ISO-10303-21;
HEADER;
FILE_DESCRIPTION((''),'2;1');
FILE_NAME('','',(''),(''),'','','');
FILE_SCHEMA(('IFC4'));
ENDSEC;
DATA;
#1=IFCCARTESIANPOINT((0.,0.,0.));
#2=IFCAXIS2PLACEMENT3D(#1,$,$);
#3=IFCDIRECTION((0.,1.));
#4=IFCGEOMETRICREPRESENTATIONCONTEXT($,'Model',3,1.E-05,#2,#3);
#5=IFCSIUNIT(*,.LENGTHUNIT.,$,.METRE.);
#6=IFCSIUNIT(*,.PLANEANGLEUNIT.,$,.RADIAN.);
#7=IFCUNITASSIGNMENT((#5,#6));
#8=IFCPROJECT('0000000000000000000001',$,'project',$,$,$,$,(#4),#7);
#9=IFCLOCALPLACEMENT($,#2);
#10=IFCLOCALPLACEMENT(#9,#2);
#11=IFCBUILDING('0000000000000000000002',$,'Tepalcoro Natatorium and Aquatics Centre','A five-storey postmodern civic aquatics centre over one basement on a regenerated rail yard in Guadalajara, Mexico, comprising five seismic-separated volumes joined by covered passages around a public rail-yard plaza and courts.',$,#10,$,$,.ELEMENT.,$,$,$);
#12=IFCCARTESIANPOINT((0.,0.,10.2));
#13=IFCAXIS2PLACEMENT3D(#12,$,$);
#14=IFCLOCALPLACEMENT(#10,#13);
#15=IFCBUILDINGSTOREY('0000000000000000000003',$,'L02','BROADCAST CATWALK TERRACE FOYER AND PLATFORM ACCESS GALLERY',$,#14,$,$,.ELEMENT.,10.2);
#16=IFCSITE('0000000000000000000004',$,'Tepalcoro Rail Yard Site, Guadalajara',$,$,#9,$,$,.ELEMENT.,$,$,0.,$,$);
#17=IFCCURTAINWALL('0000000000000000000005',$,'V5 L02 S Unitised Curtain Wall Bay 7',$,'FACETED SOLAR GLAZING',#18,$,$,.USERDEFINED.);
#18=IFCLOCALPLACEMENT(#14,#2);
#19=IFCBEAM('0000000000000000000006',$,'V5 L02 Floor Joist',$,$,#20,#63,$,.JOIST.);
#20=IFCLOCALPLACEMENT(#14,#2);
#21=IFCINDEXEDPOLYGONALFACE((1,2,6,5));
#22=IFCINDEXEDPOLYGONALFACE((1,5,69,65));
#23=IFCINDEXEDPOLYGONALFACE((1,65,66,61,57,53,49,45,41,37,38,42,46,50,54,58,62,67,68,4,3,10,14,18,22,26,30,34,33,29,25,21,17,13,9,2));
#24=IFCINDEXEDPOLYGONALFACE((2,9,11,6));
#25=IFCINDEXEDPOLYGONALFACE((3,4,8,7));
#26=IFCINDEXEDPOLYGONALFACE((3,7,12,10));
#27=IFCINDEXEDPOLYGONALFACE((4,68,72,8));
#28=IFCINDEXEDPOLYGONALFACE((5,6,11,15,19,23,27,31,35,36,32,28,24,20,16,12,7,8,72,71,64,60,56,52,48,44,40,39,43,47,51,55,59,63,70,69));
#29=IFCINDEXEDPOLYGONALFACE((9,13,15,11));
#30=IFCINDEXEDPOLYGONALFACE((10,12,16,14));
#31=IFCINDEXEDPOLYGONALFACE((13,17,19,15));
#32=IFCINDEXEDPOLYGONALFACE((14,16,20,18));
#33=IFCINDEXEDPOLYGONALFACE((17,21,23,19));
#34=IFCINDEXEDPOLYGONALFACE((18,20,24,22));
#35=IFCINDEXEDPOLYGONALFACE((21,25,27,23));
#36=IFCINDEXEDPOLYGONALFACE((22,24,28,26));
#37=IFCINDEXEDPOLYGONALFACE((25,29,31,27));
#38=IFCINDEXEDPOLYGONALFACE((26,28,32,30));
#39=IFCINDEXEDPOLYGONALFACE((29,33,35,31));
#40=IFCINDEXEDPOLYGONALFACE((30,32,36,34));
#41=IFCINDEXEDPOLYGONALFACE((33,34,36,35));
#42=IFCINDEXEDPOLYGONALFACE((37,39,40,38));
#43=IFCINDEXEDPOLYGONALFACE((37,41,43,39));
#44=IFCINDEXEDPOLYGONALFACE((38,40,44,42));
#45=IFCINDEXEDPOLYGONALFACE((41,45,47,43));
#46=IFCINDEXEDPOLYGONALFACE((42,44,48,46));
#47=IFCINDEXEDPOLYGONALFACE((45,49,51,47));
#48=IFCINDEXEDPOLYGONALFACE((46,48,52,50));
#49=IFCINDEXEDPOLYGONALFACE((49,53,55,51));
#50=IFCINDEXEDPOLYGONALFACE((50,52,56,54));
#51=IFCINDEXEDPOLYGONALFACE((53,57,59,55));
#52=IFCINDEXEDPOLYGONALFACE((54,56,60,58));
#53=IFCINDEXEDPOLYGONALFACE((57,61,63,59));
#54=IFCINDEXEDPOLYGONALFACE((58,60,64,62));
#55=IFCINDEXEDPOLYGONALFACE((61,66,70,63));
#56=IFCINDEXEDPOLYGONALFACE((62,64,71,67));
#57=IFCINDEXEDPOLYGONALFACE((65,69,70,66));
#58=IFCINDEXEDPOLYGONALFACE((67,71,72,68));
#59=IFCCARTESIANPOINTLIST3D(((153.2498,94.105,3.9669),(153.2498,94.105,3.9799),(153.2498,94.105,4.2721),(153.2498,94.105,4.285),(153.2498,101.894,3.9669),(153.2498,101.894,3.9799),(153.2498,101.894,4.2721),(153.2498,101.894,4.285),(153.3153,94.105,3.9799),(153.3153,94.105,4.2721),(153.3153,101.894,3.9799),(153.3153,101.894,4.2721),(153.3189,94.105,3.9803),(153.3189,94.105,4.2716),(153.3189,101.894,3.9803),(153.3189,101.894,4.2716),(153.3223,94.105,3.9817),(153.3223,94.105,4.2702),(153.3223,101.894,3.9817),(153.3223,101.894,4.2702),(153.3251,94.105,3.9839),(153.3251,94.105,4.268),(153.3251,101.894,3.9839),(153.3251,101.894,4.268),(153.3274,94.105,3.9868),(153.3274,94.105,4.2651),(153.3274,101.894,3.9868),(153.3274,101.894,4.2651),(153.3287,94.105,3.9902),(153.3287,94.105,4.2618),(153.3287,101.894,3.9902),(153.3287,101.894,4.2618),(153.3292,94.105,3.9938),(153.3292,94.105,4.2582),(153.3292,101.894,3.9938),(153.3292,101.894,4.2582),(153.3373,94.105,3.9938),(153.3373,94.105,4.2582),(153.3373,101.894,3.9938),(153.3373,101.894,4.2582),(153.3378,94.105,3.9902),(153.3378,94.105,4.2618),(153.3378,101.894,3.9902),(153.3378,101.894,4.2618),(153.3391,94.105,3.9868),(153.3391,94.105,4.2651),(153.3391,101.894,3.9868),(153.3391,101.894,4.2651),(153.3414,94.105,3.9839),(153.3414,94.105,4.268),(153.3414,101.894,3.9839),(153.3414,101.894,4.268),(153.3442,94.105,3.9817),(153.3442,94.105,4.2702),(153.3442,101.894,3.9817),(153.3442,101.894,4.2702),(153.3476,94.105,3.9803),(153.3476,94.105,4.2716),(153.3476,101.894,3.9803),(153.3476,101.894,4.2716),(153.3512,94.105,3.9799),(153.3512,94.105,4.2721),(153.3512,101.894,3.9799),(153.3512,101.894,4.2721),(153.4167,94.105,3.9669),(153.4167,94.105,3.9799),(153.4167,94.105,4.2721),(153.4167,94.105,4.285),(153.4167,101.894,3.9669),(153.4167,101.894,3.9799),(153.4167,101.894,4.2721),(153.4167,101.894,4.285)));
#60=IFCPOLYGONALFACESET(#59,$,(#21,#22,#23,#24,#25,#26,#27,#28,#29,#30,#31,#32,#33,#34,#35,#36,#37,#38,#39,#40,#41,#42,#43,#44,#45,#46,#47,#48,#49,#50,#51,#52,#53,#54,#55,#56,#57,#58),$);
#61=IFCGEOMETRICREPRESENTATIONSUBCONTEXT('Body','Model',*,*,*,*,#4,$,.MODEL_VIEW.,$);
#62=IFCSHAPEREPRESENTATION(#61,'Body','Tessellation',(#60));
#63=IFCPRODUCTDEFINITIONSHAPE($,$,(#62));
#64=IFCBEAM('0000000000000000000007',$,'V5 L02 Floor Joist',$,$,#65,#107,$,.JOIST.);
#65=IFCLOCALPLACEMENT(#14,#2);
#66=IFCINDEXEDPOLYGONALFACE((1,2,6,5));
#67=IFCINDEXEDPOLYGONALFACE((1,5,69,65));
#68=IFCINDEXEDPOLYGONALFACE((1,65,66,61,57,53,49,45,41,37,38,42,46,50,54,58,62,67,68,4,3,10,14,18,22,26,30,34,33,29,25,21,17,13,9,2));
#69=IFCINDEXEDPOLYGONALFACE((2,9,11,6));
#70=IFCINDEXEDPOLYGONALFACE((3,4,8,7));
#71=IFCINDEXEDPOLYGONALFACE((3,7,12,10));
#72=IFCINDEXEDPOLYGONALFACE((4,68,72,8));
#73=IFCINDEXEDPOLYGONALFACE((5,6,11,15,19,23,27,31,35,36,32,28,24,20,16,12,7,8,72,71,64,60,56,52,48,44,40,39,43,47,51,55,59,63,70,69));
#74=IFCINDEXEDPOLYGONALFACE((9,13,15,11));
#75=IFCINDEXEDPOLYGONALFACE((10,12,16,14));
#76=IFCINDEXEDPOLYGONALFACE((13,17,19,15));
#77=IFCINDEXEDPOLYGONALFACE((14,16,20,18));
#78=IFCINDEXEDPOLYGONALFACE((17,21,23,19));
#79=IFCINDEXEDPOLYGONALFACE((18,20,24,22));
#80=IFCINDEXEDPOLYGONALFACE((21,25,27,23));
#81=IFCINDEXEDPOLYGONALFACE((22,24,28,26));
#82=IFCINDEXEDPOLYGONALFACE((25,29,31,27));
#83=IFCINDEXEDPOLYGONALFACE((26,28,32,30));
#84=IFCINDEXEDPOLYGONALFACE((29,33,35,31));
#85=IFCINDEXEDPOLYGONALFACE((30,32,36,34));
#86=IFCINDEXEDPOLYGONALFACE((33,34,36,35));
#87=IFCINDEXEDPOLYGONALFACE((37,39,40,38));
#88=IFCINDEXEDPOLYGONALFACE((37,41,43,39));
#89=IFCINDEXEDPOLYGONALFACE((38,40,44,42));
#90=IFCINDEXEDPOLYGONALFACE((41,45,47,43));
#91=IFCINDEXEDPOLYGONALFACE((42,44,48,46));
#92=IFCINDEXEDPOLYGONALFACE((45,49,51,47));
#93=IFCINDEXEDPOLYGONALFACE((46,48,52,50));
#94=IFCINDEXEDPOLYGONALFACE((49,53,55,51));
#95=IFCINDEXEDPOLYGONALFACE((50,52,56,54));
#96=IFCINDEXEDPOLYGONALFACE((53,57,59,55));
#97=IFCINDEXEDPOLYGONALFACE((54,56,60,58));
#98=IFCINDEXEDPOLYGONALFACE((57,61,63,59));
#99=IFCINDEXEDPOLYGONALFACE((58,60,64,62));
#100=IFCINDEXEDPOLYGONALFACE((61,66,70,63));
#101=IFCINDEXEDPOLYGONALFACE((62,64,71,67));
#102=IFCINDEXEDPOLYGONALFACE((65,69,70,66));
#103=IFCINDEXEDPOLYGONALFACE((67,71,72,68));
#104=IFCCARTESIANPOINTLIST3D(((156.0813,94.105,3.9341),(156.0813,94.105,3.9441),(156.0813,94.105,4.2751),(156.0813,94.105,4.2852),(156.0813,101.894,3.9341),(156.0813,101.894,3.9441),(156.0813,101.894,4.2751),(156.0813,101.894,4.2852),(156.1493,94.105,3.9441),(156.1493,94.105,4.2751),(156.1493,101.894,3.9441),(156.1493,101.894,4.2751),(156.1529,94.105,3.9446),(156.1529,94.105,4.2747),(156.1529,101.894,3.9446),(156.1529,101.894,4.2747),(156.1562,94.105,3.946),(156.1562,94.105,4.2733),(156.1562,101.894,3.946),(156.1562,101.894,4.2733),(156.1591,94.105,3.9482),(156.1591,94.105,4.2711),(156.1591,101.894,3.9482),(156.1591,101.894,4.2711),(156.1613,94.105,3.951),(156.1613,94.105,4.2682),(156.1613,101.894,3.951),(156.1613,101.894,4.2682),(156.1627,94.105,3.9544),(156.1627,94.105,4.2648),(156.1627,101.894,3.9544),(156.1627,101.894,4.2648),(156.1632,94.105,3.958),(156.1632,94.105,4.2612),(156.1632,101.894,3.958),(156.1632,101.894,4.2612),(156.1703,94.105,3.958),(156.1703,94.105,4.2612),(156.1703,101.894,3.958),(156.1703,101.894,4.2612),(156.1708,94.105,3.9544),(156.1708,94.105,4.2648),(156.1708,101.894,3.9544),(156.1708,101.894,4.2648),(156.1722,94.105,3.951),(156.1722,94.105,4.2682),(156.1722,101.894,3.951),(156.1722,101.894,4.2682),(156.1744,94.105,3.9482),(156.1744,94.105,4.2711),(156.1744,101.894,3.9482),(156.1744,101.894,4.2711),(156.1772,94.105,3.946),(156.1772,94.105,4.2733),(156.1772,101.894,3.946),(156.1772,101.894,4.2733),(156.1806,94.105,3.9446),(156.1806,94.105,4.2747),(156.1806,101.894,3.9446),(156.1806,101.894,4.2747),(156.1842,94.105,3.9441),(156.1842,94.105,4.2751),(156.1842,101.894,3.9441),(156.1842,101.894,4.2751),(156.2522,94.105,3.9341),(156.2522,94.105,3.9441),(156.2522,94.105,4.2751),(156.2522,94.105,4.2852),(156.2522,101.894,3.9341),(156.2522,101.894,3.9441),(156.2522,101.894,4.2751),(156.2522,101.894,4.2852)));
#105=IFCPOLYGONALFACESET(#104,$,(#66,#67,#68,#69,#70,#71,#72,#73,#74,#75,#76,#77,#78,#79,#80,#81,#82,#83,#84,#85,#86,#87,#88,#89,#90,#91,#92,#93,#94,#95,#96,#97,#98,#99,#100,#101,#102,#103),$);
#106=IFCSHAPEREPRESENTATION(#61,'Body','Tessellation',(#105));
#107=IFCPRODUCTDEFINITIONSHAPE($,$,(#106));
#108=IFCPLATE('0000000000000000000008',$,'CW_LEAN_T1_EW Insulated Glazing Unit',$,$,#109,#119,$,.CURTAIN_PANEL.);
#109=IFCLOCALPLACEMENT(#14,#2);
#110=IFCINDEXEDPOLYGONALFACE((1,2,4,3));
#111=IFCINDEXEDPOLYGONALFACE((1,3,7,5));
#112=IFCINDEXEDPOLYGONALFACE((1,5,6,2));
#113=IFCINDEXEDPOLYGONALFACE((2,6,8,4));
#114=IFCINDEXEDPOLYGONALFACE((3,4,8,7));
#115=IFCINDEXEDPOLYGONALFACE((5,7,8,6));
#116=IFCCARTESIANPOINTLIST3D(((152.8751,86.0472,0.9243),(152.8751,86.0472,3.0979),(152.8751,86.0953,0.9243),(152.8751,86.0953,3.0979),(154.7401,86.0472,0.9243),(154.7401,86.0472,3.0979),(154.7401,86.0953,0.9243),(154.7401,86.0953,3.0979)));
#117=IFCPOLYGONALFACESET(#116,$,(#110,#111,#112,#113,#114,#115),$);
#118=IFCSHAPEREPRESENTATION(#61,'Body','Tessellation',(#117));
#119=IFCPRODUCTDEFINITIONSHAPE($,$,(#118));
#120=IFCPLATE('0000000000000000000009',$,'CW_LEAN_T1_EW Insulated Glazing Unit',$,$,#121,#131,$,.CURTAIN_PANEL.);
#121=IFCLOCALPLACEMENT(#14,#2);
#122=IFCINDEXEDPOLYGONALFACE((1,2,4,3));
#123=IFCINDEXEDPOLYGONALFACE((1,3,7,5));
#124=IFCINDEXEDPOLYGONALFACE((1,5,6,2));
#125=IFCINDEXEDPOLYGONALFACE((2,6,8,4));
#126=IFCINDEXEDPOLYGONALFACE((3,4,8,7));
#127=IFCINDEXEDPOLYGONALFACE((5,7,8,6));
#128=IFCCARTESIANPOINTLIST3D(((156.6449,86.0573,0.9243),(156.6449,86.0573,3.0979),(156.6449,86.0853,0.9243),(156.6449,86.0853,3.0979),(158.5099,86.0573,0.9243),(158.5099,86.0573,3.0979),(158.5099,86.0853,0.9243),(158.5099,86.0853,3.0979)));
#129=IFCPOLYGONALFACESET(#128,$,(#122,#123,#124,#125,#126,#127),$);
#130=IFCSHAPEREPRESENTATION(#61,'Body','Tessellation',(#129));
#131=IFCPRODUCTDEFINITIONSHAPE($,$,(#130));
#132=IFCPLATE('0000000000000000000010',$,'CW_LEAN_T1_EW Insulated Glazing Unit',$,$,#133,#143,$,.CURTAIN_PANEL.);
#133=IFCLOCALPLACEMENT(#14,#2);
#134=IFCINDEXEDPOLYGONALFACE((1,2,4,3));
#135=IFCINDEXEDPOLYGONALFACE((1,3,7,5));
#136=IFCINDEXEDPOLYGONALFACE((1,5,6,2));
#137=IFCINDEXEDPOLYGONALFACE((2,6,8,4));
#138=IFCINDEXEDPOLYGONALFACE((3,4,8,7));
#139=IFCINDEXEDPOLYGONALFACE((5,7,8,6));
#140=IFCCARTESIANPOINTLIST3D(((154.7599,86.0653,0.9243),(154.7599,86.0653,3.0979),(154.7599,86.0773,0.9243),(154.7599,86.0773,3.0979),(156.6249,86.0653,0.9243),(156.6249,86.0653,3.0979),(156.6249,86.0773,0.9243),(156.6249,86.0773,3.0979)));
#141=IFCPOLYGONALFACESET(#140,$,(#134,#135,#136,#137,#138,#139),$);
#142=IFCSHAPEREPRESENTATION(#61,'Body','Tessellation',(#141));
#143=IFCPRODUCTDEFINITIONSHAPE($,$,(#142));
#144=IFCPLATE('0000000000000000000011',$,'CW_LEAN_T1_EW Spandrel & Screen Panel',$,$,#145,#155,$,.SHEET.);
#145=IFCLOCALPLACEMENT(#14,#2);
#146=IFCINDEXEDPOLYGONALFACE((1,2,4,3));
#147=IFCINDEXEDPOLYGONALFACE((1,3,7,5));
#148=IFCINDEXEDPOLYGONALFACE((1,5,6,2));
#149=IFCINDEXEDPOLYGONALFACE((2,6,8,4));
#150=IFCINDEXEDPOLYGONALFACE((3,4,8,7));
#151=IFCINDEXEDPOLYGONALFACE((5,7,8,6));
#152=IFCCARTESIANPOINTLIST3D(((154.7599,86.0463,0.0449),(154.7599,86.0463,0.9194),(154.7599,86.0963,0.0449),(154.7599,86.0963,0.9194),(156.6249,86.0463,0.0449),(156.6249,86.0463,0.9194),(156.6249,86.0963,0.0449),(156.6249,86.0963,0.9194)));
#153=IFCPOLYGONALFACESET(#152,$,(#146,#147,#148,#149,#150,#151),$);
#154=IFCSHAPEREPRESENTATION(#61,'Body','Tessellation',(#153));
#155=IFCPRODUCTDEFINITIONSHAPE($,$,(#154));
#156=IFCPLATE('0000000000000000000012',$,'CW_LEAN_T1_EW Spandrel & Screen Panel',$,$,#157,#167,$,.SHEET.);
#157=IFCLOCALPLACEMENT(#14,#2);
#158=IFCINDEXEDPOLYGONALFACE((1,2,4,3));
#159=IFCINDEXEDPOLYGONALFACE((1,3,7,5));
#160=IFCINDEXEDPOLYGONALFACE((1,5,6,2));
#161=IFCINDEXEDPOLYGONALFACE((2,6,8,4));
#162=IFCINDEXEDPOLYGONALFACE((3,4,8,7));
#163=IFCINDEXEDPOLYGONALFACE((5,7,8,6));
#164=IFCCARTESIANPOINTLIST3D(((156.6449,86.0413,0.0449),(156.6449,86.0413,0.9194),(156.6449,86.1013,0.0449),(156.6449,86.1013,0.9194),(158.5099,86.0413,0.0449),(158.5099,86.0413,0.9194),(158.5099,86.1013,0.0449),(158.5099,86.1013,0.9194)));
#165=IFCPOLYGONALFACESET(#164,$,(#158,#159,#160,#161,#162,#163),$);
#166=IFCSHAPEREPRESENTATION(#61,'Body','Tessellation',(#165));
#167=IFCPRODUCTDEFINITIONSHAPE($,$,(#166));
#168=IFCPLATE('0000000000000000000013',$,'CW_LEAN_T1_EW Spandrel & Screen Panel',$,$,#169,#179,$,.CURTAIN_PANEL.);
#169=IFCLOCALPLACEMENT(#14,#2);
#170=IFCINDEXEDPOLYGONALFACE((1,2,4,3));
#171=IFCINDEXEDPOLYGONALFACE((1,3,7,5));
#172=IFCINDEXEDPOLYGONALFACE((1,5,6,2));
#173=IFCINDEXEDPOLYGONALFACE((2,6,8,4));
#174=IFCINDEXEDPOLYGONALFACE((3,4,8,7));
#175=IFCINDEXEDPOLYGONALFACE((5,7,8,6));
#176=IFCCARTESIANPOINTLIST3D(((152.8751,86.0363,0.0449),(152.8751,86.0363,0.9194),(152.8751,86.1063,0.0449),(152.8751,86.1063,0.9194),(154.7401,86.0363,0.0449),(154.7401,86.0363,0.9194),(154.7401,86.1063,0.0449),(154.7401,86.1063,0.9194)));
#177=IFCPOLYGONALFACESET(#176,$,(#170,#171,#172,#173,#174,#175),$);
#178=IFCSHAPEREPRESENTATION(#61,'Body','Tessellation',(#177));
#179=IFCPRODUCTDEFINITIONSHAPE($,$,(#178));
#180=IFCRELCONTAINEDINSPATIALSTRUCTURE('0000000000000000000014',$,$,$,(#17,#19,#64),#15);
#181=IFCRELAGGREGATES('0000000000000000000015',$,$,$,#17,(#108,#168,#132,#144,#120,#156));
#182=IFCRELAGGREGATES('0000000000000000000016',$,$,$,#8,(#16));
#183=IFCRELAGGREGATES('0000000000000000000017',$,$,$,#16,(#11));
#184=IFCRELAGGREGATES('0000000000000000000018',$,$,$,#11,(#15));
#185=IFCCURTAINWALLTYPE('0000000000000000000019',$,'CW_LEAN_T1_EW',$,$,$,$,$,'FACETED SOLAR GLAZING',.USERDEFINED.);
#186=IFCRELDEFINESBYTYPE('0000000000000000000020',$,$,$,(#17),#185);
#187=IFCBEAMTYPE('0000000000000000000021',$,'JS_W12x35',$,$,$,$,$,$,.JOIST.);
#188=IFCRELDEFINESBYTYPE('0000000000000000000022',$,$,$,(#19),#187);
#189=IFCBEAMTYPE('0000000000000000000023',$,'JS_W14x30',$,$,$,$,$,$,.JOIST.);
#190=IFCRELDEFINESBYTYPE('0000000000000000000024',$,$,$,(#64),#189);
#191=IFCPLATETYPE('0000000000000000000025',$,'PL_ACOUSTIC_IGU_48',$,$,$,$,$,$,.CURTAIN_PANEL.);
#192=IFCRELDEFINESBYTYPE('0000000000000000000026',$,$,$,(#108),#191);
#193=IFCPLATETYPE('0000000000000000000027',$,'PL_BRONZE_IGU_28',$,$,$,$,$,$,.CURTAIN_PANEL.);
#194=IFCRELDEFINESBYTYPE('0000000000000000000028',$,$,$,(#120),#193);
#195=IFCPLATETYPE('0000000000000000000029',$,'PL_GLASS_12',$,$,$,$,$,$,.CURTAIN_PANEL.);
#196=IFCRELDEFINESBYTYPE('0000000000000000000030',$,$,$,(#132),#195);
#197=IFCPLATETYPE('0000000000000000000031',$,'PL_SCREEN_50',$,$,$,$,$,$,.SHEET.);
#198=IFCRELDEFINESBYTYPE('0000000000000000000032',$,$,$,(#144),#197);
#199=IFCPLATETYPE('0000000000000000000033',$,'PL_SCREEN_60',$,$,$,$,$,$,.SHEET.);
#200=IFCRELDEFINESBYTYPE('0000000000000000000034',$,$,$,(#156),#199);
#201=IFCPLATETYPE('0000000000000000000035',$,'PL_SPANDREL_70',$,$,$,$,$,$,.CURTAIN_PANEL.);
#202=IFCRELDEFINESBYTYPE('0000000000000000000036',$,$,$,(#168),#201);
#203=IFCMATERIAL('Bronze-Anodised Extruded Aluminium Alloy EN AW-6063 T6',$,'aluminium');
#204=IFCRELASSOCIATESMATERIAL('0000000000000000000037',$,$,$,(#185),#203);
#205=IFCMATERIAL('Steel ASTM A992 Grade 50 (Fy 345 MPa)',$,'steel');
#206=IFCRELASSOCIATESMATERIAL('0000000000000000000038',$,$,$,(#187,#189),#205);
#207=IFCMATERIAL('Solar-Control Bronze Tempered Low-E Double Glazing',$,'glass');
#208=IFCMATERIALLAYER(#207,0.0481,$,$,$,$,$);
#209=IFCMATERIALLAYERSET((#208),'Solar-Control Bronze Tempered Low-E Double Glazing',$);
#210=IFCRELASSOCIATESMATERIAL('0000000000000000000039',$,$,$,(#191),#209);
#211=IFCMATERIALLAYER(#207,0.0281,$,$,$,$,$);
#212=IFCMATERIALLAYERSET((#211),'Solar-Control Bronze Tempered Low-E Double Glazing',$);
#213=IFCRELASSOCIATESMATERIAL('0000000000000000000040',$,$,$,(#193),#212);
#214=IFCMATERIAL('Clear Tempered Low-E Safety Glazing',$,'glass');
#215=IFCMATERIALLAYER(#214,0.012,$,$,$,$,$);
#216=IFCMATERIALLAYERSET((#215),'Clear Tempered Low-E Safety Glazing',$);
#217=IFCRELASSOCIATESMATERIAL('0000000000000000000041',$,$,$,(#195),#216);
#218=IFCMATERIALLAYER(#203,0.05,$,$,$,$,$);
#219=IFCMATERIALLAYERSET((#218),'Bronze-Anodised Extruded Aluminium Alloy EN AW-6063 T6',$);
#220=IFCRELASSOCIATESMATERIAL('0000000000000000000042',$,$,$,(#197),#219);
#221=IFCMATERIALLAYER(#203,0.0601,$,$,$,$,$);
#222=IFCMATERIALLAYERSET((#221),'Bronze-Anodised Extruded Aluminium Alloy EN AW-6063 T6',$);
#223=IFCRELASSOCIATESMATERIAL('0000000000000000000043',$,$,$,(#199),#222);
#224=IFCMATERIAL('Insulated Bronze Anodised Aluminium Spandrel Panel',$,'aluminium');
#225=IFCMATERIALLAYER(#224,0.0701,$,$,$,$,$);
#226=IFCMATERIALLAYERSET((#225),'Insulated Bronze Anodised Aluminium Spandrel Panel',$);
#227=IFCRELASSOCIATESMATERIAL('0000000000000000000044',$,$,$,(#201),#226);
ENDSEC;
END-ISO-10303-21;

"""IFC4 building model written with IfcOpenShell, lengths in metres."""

from ifc_helpers import new_model, si_unit, direction, frame, origin, origin_2d, place, context, subcontext, project, spatial, rectangle, i_section, extrude, material, layer, layer_set, material_profile, profile_set, type_object, element, aggregate, save


model = new_model("IFC4")

# Units and contexts
model_context = context("Model", 3, precision=1e-05, world=origin(), true_north=direction((0.0, 1.0)))
body_context = subcontext(model_context, "Body", "Model", "MODEL_VIEW")
ifc_project = project(units=[si_unit("LENGTHUNIT", "METRE"), si_unit("PLANEANGLEUNIT", "RADIAN")], contexts=[model_context])

# Site, building, storey
site_placement = place(None, origin())
site = spatial("IfcSite", under=ifc_project, at=site_placement, Name="Tepalcoro Rail Yard Site, Guadalajara", CompositionType="ELEMENT", RefElevation=0.0)
building_placement = place(site_placement, origin())
building = spatial("IfcBuilding", under=site, at=building_placement, Name="Tepalcoro Natatorium and Aquatics Centre", Description="A five-storey postmodern civic aquatics centre over one basement on a regenerated rail yard in Guadalajara, Mexico, comprising five seismic-separated volumes joined by covered passages around a public rail-yard plaza and courts.", CompositionType="ELEMENT")
storey_placement = place(building_placement, frame((0.0, 0.0, 10.2)))
storey = spatial("IfcBuildingStorey", under=building, at=storey_placement, Name="L02", Description="BROADCAST CATWALK TERRACE FOYER AND PLATFORM ACCESS GALLERY", CompositionType="ELEMENT", Elevation=10.2)

# Shared definitions
ifc_material_1 = material(Name="Steel ASTM A992 Grade 50 (Fy 345 MPa)", Category="steel")

# Curtain wall
ifc_material_2 = material(Name="Bronze-Anodised Extruded Aluminium Alloy EN AW-6063 T6", Category="aluminium")
curtain_wall_type_1 = type_object("IfcCurtainWallType", Name="CW_LEAN_T1_EW", ElementType="FACETED SOLAR GLAZING", PredefinedType="USERDEFINED", material=ifc_material_2)
curtain_wall_1_placement = place(storey_placement, origin())
curtain_wall_1 = element("IfcCurtainWall", 1, at=curtain_wall_1_placement, inside=storey, type_object=curtain_wall_type_1, Name="V5 L02 S Unitised Curtain Wall Bay 7", ObjectType="FACETED SOLAR GLAZING", PredefinedType="USERDEFINED")

# Beams
ifc_material_profile_1 = material_profile(ifc_material_1, i_section(OverallWidth=0.167, OverallDepth=0.3181, WebThickness=0.0081, FlangeThickness=0.0129, FilletRadius=0.0139, at=origin_2d()), Name="W12X35")
ifc_profile_set_1 = profile_set([ifc_material_profile_1], Name="Steel ASTM A992 Grade 50 (Fy 345 MPa)")
beam_type_1 = type_object("IfcBeamType", Name="JS_W12x35", PredefinedType="JOIST", material=ifc_profile_set_1)
beam_1_placement = place(storey_placement, frame((153.3333, 94.105, 4.126), z_axis=(0.0, 1.0, 0.0), x_axis=(-1.0, 0.0, 0.0)))
element("IfcBeam", 2, at=beam_1_placement, inside=storey, type_object=beam_type_1, Name="V5 L02 Floor Joist", PredefinedType="JOIST", context=body_context, shape_type="SweptSolid", body=[
    extrude(i_section(OverallWidth=0.167, OverallDepth=0.3181, WebThickness=0.0081, FlangeThickness=0.0129, FilletRadius=0.0139, at=origin_2d()), origin(), (0.0, 0.0, 1.0), 7.7891),
])
ifc_material_profile_2 = material_profile(ifc_material_1, i_section(OverallWidth=0.1709, OverallDepth=0.3511, WebThickness=0.0071, FlangeThickness=0.01, FilletRadius=0.0139, at=origin_2d()), Name="W14X30")
ifc_profile_set_2 = profile_set([ifc_material_profile_2], Name="Steel ASTM A992 Grade 50 (Fy 345 MPa)")
beam_type_2 = type_object("IfcBeamType", Name="JS_W14x30", PredefinedType="JOIST", material=ifc_profile_set_2)
beam_2_placement = place(storey_placement, frame((156.1667, 94.105, 4.1096), z_axis=(0.0, 1.0, 0.0), x_axis=(-1.0, 0.0, 0.0)))
element("IfcBeam", 3, at=beam_2_placement, inside=storey, type_object=beam_type_2, Name="V5 L02 Floor Joist", PredefinedType="JOIST", context=body_context, shape_type="SweptSolid", body=[
    extrude(i_section(OverallWidth=0.1709, OverallDepth=0.3511, WebThickness=0.0071, FlangeThickness=0.01, FilletRadius=0.0139, at=origin_2d()), origin(), (0.0, 0.0, 1.0), 7.7891),
])

# Plates
ifc_material_3 = material(Name="Solar-Control Bronze Tempered Low-E Double Glazing", Category="glass")
ifc_layer_1 = layer(ifc_material_3, 0.0481)
ifc_layer_set_1 = layer_set([ifc_layer_1], Name="Solar-Control Bronze Tempered Low-E Double Glazing")
plate_type_1 = type_object("IfcPlateType", Name="PL_ACOUSTIC_IGU_48", PredefinedType="CURTAIN_PANEL", material=ifc_layer_set_1)
plate_1_placement = place(storey_placement, frame((153.8076, 86.0713, 0.9243), z_axis=(0.0, 0.0, 1.0), x_axis=(1.0, 0.0, 0.0)))
plate_1 = element("IfcPlate", 4, at=plate_1_placement, type_object=plate_type_1, Name="CW_LEAN_T1_EW Insulated Glazing Unit", PredefinedType="CURTAIN_PANEL", context=body_context, shape_type="SweptSolid", body=[
    extrude(rectangle(XDim=1.865, YDim=0.0481, at=origin_2d()), origin(), (0.0, 0.0, 1.0), 2.1736),
])
ifc_layer_2 = layer(ifc_material_3, 0.0281)
ifc_layer_set_2 = layer_set([ifc_layer_2], Name="Solar-Control Bronze Tempered Low-E Double Glazing")
plate_type_2 = type_object("IfcPlateType", Name="PL_BRONZE_IGU_28", PredefinedType="CURTAIN_PANEL", material=ifc_layer_set_2)
plate_2_placement = place(storey_placement, frame((157.5774, 86.0713, 0.9243), z_axis=(0.0, 0.0, 1.0), x_axis=(1.0, 0.0, 0.0)))
plate_2 = element("IfcPlate", 5, at=plate_2_placement, type_object=plate_type_2, Name="CW_LEAN_T1_EW Insulated Glazing Unit", PredefinedType="CURTAIN_PANEL", context=body_context, shape_type="SweptSolid", body=[
    extrude(rectangle(XDim=1.865, YDim=0.0281, at=origin_2d()), origin(), (0.0, 0.0, 1.0), 2.1736),
])
ifc_material_4 = material(Name="Clear Tempered Low-E Safety Glazing", Category="glass")
ifc_layer_3 = layer(ifc_material_4, 0.012)
ifc_layer_set_3 = layer_set([ifc_layer_3], Name="Clear Tempered Low-E Safety Glazing")
plate_type_3 = type_object("IfcPlateType", Name="PL_GLASS_12", PredefinedType="CURTAIN_PANEL", material=ifc_layer_set_3)
plate_3_placement = place(storey_placement, frame((155.6924, 86.0713, 0.9243), z_axis=(0.0, 0.0, 1.0), x_axis=(1.0, 0.0, 0.0)))
plate_3 = element("IfcPlate", 6, at=plate_3_placement, type_object=plate_type_3, Name="CW_LEAN_T1_EW Insulated Glazing Unit", PredefinedType="CURTAIN_PANEL", context=body_context, shape_type="SweptSolid", body=[
    extrude(rectangle(XDim=1.865, YDim=0.012, at=origin_2d()), origin(), (0.0, 0.0, 1.0), 2.1736),
])
ifc_layer_4 = layer(ifc_material_2, 0.05)
ifc_layer_set_4 = layer_set([ifc_layer_4], Name="Bronze-Anodised Extruded Aluminium Alloy EN AW-6063 T6")
plate_type_4 = type_object("IfcPlateType", Name="PL_SCREEN_50", PredefinedType="SHEET", material=ifc_layer_set_4)
plate_4_placement = place(storey_placement, frame((155.6924, 86.0713, 0.0449), z_axis=(0.0, 0.0, 1.0), x_axis=(1.0, 0.0, 0.0)))
plate_4 = element("IfcPlate", 7, at=plate_4_placement, type_object=plate_type_4, Name="CW_LEAN_T1_EW Spandrel & Screen Panel", PredefinedType="SHEET", context=body_context, shape_type="SweptSolid", body=[
    extrude(rectangle(XDim=1.865, YDim=0.05, at=origin_2d()), origin(), (0.0, 0.0, 1.0), 0.8745),
])
ifc_layer_5 = layer(ifc_material_2, 0.0601)
ifc_layer_set_5 = layer_set([ifc_layer_5], Name="Bronze-Anodised Extruded Aluminium Alloy EN AW-6063 T6")
plate_type_5 = type_object("IfcPlateType", Name="PL_SCREEN_60", PredefinedType="SHEET", material=ifc_layer_set_5)
plate_5_placement = place(storey_placement, frame((157.5774, 86.0713, 0.0449), z_axis=(0.0, 0.0, 1.0), x_axis=(1.0, 0.0, 0.0)))
plate_5 = element("IfcPlate", 8, at=plate_5_placement, type_object=plate_type_5, Name="CW_LEAN_T1_EW Spandrel & Screen Panel", PredefinedType="SHEET", context=body_context, shape_type="SweptSolid", body=[
    extrude(rectangle(XDim=1.865, YDim=0.0601, at=origin_2d()), origin(), (0.0, 0.0, 1.0), 0.8745),
])
ifc_material_5 = material(Name="Insulated Bronze Anodised Aluminium Spandrel Panel", Category="aluminium")
ifc_layer_6 = layer(ifc_material_5, 0.0701)
ifc_layer_set_6 = layer_set([ifc_layer_6], Name="Insulated Bronze Anodised Aluminium Spandrel Panel")
plate_type_6 = type_object("IfcPlateType", Name="PL_SPANDREL_70", PredefinedType="CURTAIN_PANEL", material=ifc_layer_set_6)
plate_6_placement = place(storey_placement, frame((153.8076, 86.0713, 0.0449), z_axis=(0.0, 0.0, 1.0), x_axis=(1.0, 0.0, 0.0)))
plate_6 = element("IfcPlate", 9, at=plate_6_placement, type_object=plate_type_6, Name="CW_LEAN_T1_EW Spandrel & Screen Panel", PredefinedType="CURTAIN_PANEL", context=body_context, shape_type="SweptSolid", body=[
    extrude(rectangle(XDim=1.865, YDim=0.0701, at=origin_2d()), origin(), (0.0, 0.0, 1.0), 0.8745),
])
aggregate(curtain_wall_1, [plate_1, plate_6, plate_3, plate_4, plate_2, plate_5])

save(model, "model.ifc")
